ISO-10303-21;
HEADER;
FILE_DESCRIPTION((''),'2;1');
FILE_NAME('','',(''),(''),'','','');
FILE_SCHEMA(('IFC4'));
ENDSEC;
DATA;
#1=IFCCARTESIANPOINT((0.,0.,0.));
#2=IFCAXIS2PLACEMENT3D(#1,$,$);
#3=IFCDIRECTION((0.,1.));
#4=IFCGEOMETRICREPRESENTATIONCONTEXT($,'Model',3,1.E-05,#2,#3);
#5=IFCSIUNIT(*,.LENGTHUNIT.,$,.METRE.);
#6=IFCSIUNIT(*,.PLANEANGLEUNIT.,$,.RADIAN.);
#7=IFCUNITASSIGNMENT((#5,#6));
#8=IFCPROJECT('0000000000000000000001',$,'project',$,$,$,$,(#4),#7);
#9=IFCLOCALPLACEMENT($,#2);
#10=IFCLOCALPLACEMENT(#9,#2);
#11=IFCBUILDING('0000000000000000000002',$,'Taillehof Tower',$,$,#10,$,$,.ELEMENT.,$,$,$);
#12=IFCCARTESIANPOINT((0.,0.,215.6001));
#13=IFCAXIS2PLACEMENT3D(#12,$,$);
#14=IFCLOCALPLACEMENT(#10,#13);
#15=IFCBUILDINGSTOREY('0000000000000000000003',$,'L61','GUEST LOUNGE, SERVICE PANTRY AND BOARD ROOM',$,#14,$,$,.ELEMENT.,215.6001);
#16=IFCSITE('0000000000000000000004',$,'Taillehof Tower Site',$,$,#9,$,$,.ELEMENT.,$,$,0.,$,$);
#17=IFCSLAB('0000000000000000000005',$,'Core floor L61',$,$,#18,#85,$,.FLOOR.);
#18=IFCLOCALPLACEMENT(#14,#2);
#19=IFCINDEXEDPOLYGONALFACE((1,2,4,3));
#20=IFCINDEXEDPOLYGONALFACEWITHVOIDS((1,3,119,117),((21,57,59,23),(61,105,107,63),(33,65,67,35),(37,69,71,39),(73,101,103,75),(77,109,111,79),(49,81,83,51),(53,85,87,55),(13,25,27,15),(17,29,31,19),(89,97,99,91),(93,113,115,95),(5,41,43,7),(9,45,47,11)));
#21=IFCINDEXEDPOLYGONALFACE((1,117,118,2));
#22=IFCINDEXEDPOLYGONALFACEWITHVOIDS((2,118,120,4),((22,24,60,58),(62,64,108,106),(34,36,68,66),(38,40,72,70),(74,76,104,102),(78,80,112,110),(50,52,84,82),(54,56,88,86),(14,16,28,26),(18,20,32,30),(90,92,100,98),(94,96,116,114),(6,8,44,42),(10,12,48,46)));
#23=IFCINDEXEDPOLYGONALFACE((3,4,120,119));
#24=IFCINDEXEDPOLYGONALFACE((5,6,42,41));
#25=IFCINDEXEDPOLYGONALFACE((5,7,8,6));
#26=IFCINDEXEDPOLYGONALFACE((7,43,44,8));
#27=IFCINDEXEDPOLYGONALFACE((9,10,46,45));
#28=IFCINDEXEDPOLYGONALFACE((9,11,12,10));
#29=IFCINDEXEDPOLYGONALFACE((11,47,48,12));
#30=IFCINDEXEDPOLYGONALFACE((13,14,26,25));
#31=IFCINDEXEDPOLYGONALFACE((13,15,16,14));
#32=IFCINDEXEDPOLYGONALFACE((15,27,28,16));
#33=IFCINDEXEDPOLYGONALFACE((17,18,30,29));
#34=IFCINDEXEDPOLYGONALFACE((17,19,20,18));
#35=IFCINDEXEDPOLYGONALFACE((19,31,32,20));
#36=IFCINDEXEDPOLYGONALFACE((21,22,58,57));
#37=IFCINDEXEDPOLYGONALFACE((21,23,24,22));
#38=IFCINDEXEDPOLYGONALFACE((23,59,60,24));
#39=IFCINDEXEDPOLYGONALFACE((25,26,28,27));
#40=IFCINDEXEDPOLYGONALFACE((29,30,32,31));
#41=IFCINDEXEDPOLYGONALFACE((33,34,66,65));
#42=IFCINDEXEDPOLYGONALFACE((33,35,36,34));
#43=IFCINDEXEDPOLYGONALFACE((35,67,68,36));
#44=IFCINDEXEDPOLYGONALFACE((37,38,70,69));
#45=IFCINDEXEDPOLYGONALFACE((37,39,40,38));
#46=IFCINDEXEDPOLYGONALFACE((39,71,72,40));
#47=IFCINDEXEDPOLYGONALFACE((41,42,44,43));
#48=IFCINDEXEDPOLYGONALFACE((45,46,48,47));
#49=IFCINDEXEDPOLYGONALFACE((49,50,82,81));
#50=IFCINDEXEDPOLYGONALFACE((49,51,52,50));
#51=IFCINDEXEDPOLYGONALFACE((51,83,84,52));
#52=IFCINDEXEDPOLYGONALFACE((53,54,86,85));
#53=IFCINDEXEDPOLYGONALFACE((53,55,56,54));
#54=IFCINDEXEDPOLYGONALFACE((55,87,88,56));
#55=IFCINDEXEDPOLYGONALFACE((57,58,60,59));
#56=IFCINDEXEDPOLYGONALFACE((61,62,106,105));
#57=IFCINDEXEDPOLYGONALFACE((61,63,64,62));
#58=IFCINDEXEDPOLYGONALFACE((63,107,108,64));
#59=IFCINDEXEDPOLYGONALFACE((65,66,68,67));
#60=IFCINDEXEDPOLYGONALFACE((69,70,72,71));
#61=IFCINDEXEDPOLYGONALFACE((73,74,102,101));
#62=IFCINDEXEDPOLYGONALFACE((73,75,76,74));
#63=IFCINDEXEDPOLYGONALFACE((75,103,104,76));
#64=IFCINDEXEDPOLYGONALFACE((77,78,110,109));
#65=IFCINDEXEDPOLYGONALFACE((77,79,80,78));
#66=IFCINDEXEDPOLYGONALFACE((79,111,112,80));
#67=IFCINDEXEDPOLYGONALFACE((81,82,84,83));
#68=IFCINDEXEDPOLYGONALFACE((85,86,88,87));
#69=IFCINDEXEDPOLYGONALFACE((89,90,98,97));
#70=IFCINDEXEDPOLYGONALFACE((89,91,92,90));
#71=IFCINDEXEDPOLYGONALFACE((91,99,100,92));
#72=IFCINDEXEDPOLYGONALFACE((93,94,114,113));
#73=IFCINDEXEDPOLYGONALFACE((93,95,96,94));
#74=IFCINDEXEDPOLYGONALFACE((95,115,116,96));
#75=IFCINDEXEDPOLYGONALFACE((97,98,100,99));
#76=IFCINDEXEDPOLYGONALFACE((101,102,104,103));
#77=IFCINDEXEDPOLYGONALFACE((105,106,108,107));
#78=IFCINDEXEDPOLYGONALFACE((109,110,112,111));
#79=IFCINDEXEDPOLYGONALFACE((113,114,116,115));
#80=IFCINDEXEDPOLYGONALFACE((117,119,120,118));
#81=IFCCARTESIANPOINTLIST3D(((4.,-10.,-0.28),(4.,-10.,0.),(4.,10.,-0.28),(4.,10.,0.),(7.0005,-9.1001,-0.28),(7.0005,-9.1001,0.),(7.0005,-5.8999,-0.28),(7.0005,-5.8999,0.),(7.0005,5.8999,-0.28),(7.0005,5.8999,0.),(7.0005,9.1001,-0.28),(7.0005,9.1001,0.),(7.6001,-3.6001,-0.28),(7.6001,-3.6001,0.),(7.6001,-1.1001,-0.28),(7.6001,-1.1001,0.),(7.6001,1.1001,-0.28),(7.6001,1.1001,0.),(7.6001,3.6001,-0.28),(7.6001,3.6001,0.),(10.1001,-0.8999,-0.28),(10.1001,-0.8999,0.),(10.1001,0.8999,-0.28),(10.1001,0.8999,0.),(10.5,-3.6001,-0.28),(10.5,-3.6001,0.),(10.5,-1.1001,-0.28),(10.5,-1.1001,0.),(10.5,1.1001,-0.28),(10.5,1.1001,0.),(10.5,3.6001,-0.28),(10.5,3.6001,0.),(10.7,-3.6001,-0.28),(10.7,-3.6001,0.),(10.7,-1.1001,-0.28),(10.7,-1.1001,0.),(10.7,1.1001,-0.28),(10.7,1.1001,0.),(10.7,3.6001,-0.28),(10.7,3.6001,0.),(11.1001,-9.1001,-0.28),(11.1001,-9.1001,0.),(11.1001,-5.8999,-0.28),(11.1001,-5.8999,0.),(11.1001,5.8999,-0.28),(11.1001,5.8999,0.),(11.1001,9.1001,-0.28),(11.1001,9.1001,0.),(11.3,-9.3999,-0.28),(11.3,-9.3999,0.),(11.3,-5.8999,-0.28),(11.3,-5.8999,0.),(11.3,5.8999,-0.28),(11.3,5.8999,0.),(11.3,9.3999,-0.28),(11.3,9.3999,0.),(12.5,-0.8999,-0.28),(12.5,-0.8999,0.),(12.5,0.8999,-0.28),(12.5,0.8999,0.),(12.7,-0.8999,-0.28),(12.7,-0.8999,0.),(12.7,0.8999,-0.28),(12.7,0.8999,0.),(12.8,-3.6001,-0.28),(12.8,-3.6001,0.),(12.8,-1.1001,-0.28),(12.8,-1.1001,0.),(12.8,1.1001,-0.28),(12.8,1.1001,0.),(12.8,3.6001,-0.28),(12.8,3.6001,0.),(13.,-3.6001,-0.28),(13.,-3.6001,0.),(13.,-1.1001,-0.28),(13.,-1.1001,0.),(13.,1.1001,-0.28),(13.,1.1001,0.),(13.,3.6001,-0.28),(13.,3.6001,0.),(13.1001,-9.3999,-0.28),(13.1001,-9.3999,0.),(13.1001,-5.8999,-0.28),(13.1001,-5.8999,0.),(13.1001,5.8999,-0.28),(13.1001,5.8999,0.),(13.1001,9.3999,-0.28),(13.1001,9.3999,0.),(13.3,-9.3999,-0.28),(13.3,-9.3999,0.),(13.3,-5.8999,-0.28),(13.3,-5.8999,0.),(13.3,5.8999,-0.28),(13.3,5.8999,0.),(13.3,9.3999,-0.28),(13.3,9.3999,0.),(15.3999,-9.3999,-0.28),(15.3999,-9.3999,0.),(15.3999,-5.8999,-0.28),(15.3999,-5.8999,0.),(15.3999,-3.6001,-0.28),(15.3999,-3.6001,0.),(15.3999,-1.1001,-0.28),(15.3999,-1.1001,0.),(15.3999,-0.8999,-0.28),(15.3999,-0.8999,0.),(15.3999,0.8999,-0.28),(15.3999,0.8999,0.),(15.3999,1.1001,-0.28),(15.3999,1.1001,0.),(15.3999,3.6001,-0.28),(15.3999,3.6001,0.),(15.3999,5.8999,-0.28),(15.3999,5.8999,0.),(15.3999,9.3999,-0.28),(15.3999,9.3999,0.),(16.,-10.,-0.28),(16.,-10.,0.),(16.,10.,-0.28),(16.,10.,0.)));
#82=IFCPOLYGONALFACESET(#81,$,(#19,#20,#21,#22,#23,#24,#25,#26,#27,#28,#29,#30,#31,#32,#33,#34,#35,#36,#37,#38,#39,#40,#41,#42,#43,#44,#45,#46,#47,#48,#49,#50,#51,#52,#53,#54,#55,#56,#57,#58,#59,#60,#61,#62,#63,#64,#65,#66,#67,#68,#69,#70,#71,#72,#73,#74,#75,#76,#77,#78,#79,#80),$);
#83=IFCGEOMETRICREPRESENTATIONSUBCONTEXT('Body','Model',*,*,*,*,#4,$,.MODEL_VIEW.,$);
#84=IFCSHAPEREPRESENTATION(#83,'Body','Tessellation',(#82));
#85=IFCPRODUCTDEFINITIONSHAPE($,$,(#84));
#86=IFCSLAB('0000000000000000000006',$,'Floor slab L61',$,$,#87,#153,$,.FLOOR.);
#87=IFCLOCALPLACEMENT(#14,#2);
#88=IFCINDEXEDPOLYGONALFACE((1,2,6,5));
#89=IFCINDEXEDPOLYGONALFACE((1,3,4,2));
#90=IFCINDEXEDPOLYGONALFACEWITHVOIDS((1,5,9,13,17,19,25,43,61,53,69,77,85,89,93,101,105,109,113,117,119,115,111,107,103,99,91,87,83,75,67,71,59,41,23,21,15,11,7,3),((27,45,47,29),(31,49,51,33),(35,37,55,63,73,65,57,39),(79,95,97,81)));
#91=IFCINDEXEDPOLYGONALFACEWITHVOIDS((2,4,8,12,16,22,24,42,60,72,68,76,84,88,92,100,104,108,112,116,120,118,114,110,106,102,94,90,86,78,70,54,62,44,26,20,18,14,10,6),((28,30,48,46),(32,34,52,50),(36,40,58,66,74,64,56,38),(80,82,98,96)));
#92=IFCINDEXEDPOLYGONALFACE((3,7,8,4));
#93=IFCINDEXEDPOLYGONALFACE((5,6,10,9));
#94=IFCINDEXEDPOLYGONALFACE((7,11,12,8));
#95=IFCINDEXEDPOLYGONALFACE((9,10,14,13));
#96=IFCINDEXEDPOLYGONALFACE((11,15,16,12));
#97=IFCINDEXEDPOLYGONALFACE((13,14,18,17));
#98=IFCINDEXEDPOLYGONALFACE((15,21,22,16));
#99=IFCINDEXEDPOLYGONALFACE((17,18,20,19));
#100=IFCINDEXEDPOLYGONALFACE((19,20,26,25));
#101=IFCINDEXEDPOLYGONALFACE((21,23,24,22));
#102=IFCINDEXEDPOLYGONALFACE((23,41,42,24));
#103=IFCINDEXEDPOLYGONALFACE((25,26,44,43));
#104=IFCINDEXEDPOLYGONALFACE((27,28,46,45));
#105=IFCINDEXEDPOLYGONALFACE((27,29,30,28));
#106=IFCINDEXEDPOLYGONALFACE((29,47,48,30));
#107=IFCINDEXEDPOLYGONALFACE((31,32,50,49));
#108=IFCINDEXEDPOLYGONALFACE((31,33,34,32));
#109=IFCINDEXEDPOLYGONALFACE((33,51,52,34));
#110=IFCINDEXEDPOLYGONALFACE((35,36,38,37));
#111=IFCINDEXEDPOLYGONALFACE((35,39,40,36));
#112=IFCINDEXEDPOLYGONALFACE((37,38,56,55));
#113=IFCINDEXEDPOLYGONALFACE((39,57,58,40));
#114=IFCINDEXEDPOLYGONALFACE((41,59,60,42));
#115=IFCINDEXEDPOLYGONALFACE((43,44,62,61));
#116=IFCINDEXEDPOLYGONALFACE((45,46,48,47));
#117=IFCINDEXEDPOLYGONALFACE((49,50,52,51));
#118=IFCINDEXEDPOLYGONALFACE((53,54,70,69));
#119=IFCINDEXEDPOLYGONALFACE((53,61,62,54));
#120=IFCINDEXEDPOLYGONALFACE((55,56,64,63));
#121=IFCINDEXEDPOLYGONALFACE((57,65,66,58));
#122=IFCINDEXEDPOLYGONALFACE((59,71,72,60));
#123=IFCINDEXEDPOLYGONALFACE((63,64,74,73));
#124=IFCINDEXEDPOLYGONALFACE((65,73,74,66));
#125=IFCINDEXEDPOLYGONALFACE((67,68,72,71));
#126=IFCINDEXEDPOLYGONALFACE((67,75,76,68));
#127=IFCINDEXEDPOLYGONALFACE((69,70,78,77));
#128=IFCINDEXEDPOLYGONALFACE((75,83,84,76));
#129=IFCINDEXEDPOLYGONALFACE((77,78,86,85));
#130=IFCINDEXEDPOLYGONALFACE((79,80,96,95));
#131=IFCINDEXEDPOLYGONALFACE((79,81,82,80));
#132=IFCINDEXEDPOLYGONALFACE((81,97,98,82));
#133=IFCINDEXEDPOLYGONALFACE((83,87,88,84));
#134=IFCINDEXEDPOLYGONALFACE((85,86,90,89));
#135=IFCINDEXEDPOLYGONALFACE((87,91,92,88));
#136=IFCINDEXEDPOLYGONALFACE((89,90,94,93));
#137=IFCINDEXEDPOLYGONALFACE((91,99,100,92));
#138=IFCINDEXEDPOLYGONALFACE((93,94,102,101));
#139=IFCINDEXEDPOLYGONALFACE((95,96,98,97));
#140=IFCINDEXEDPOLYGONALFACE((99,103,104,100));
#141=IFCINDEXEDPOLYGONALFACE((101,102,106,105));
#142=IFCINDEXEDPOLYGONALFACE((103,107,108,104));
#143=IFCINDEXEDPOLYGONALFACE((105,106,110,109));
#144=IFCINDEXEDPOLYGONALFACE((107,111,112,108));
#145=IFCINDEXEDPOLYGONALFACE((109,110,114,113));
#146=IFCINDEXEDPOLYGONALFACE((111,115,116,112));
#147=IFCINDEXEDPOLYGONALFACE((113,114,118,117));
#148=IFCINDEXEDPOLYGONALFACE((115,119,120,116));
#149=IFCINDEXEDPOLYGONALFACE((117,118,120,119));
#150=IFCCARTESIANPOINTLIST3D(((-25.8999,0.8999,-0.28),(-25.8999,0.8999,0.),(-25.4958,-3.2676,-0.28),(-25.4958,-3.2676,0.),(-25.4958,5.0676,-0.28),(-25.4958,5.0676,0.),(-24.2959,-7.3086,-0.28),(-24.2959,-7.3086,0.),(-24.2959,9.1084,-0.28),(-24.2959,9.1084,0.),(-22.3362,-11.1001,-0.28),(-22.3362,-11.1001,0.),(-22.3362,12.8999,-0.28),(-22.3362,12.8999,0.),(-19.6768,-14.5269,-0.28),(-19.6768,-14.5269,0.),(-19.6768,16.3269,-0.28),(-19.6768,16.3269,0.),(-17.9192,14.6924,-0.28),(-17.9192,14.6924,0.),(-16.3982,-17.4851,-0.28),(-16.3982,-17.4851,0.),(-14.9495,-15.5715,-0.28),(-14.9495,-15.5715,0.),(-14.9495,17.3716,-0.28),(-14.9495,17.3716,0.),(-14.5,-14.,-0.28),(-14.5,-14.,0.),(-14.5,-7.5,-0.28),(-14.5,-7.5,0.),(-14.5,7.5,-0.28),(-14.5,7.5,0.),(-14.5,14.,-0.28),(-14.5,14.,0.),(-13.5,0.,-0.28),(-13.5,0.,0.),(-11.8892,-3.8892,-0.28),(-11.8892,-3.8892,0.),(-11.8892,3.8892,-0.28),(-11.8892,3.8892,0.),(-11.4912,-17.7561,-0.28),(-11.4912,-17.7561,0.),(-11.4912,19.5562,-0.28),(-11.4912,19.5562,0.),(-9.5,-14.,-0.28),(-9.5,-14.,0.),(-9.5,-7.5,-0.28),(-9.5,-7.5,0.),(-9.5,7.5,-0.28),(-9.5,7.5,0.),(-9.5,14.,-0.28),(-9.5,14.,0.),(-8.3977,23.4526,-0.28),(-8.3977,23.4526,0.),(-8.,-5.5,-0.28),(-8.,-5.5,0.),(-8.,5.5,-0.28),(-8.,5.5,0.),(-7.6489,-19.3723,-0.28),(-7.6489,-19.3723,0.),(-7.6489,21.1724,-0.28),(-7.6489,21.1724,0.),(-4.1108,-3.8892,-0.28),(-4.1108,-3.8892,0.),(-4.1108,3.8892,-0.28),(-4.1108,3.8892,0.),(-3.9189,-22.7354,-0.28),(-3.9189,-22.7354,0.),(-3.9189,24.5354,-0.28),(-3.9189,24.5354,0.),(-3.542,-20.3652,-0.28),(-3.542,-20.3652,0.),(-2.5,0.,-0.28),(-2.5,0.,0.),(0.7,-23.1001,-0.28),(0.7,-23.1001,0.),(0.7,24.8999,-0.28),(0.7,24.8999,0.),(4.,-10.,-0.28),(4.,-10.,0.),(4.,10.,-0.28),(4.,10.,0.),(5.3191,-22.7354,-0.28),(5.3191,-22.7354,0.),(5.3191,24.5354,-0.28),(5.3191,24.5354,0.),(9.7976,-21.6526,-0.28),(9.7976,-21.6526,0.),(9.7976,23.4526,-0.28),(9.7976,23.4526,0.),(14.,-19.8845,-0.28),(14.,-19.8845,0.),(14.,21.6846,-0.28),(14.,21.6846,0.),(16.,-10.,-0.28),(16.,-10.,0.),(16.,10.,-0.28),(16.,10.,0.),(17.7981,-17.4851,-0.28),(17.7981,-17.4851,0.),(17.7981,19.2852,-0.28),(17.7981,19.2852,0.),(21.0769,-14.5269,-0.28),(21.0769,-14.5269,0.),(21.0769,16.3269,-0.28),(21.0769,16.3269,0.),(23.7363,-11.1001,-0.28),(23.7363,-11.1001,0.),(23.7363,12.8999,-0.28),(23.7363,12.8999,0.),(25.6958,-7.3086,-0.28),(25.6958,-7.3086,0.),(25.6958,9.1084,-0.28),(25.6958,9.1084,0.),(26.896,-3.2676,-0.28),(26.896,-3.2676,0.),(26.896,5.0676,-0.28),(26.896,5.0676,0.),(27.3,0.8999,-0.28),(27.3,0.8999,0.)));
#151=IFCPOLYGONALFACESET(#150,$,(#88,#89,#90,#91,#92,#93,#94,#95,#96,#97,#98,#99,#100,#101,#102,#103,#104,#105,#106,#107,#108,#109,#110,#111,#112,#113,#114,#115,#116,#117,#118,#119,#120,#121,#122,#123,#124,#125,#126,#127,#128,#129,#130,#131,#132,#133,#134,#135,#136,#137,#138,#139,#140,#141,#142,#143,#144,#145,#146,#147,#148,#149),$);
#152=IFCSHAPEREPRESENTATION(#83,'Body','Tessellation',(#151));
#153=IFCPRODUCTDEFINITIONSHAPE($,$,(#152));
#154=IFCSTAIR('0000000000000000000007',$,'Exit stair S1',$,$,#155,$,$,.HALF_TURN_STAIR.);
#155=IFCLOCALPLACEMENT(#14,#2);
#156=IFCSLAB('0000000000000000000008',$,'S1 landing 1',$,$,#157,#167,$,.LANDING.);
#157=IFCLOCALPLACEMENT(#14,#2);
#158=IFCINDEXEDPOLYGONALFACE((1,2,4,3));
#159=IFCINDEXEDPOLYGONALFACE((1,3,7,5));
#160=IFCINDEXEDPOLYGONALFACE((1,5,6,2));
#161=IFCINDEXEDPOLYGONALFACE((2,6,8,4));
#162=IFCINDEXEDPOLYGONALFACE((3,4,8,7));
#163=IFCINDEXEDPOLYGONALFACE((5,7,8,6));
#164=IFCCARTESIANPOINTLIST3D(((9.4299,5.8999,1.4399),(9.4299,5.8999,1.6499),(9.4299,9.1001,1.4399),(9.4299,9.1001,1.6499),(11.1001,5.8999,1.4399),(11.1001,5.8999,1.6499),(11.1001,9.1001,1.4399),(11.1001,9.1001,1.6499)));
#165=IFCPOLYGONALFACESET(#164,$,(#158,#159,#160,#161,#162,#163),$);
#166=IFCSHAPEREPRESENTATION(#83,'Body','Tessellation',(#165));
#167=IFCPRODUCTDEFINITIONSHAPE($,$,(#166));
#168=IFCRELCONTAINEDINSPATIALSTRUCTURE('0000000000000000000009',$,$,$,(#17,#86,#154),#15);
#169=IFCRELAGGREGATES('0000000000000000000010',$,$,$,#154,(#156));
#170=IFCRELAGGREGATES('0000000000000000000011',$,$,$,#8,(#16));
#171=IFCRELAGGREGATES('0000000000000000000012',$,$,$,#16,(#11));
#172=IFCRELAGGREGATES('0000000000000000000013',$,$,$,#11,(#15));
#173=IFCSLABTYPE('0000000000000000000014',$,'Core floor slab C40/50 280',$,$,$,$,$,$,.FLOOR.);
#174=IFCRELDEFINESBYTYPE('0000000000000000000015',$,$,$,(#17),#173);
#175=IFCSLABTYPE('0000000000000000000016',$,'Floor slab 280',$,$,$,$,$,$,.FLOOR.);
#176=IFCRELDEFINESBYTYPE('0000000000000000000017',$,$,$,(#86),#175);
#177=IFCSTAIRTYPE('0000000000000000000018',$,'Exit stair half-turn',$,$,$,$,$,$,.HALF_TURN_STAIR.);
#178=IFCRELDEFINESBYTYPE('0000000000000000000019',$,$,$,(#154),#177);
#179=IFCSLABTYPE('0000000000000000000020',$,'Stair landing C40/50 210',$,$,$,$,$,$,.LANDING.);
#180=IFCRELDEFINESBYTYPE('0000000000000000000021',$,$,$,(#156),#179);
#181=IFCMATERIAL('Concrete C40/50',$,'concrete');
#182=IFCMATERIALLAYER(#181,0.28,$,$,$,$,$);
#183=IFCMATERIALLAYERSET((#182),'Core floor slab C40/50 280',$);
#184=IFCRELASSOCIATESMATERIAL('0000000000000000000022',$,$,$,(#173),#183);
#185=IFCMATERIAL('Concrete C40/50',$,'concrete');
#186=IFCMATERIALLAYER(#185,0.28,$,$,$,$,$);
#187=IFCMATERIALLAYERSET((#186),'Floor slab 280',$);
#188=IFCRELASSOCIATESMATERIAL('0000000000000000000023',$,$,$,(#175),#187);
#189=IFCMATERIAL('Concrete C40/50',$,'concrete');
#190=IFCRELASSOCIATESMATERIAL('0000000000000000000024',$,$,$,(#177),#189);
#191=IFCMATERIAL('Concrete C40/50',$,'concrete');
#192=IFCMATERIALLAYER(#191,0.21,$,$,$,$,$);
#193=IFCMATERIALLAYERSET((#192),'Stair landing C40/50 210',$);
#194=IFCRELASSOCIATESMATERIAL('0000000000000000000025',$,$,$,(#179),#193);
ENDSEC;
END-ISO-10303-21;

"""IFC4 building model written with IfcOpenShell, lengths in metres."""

from ifc_helpers import new_model, si_unit, direction, frame, origin, place, context, subcontext, project, spatial, polyline, outline, extrude, material, layer, layer_set, type_object, element, aggregate, save


model = new_model("IFC4")

# Units and contexts
model_context = context("Model", 3, precision=1e-05, world=origin(), true_north=direction((0.0, 1.0)))
body_context = subcontext(model_context, "Body", "Model", "MODEL_VIEW")
ifc_project = project(units=[si_unit("LENGTHUNIT", "METRE"), si_unit("PLANEANGLEUNIT", "RADIAN")], contexts=[model_context])

# Site, building, storey
site_placement = place(None, origin())
site = spatial("IfcSite", under=ifc_project, at=site_placement, Name="Taillehof Tower Site", CompositionType="ELEMENT", RefElevation=0.0)
building_placement = place(site_placement, origin())
building = spatial("IfcBuilding", under=site, at=building_placement, Name="Taillehof Tower", CompositionType="ELEMENT")
storey_placement = place(building_placement, frame((0.0, 0.0, 215.6001)))
storey = spatial("IfcBuildingStorey", under=building, at=storey_placement, Name="L61", Description="GUEST LOUNGE, SERVICE PANTRY AND BOARD ROOM", CompositionType="ELEMENT", Elevation=215.6001)

# Slabs
ifc_material_1 = material(Name="Concrete C40/50", Category="concrete")
ifc_layer_1 = layer(ifc_material_1, 0.28)
ifc_layer_set_1 = layer_set([ifc_layer_1], Name="Core floor slab C40/50 280")
slab_type_1 = type_object("IfcSlabType", Name="Core floor slab C40/50 280", PredefinedType="FLOOR", material=ifc_layer_set_1)
slab_1_placement = place(storey_placement, frame((0.0, 0.0, -0.28)))
element("IfcSlab", 1, at=slab_1_placement, inside=storey, type_object=slab_type_1, Name="Core floor L61", PredefinedType="FLOOR", context=body_context, shape_type="SweptSolid", body=[
    extrude(outline(polyline([(4.0, -10.0), (4.0, 10.0), (16.0, 10.0), (16.0, -10.0), (4.0, -10.0)]), holes=[polyline([(11.1001, -9.1001), (11.1001, -5.8999), (7.0005, -5.8999), (7.0005, -9.1001), (11.1001, -9.1001)]), polyline([(10.5, -3.6001), (10.5, -1.1001), (7.6001, -1.1001), (7.6001, -3.6001), (10.5, -3.6001)]), polyline([(12.8, -3.6001), (12.8, -1.1001), (10.7, -1.1001), (10.7, -3.6001), (12.8, -3.6001)]), polyline([(12.5, -0.8999), (12.5, 0.8999), (10.1001, 0.8999), (10.1001, -0.8999), (12.5, -0.8999)]), polyline([(10.5, 1.1001), (10.5, 3.6001), (7.6001, 3.6001), (7.6001, 1.1001), (10.5, 1.1001)]), polyline([(12.8, 1.1001), (12.8, 3.6001), (10.7, 3.6001), (10.7, 1.1001), (12.8, 1.1001)]), polyline([(11.1001, 5.8999), (11.1001, 9.1001), (7.0005, 9.1001), (7.0005, 5.8999), (11.1001, 5.8999)]), polyline([(13.1001, -5.8999), (11.3, -5.8999), (11.3, -9.3999), (13.1001, -9.3999), (13.1001, -5.8999)]), polyline([(15.3999, -9.3999), (15.3999, -5.8999), (13.3, -5.8999), (13.3, -9.3999), (15.3999, -9.3999)]), polyline([(15.3999, -3.6001), (15.3999, -1.1001), (13.0, -1.1001), (13.0, -3.6001), (15.3999, -3.6001)]), polyline([(15.3999, -0.8999), (15.3999, 0.8999), (12.7, 0.8999), (12.7, -0.8999), (15.3999, -0.8999)]), polyline([(15.3999, 1.1001), (15.3999, 3.6001), (13.0, 3.6001), (13.0, 1.1001), (15.3999, 1.1001)]), polyline([(13.1001, 5.8999), (13.1001, 9.3999), (11.3, 9.3999), (11.3, 5.8999), (13.1001, 5.8999)]), polyline([(15.3999, 5.8999), (15.3999, 9.3999), (13.3, 9.3999), (13.3, 5.8999), (15.3999, 5.8999)])]), origin(), (0.0, 0.0, 1.0), 0.28),
])
ifc_material_2 = material(Name="Concrete C40/50", Category="concrete")
ifc_layer_2 = layer(ifc_material_2, 0.28)
ifc_layer_set_2 = layer_set([ifc_layer_2], Name="Floor slab 280")
slab_type_2 = type_object("IfcSlabType", Name="Floor slab 280", PredefinedType="FLOOR", material=ifc_layer_set_2)
slab_2_placement = place(storey_placement, frame((0.0, 0.0, -0.28)))
element("IfcSlab", 2, at=slab_2_placement, inside=storey, type_object=slab_type_2, Name="Floor slab L61", PredefinedType="FLOOR", context=body_context, shape_type="SweptSolid", body=[
    extrude(outline(polyline([(27.3, 0.8999), (26.896, 5.0676), (25.6958, 9.1084), (23.7363, 12.8999), (21.0769, 16.3269), (17.7981, 19.2852), (14.0, 21.6846), (9.7976, 23.4526), (5.3191, 24.5354), (0.7, 24.8999), (-3.9189, 24.5354), (-8.3977, 23.4526), (-7.6489, 21.1724), (-11.4912, 19.5562), (-14.9495, 17.3716), (-17.9192, 14.6924), (-19.6768, 16.3269), (-22.3362, 12.8999), (-24.2959, 9.1084), (-25.4958, 5.0676), (-25.8999, 0.8999), (-25.4958, -3.2676), (-24.2959, -7.3086), (-22.3362, -11.1001), (-19.6768, -14.5269), (-16.3982, -17.4851), (-14.9495, -15.5715), (-11.4912, -17.7561), (-7.6489, -19.3723), (-3.542, -20.3652), (-3.9189, -22.7354), (0.7, -23.1001), (5.3191, -22.7354), (9.7976, -21.6526), (14.0, -19.8845), (17.7981, -17.4851), (21.0769, -14.5269), (23.7363, -11.1001), (25.6958, -7.3086), (26.896, -3.2676), (27.3, 0.8999)]), holes=[polyline([(-14.5, -7.5), (-9.5, -7.5), (-9.5, -14.0), (-14.5, -14.0), (-14.5, -7.5)]), polyline([(-8.0, -5.5), (-11.8892, -3.8892), (-13.5, 0.0), (-11.8892, 3.8892), (-8.0, 5.5), (-4.1108, 3.8892), (-2.5, 0.0), (-4.1108, -3.8892), (-8.0, -5.5)]), polyline([(16.0, 10.0), (16.0, -10.0), (4.0, -10.0), (4.0, 10.0), (16.0, 10.0)]), polyline([(-14.5, 14.0), (-9.5, 14.0), (-9.5, 7.5), (-14.5, 7.5), (-14.5, 14.0)])]), origin(), (0.0, 0.0, 1.0), 0.28),
])

# Stair, slab
ifc_material_3 = material(Name="Concrete C40/50", Category="concrete")
stair_type = type_object("IfcStairType", Name="Exit stair half-turn", PredefinedType="HALF_TURN_STAIR", material=ifc_material_3)
stair_placement = place(storey_placement, origin())
stair = element("IfcStair", 3, at=stair_placement, inside=storey, type_object=stair_type, Name="Exit stair S1", PredefinedType="HALF_TURN_STAIR")
ifc_material_4 = material(Name="Concrete C40/50", Category="concrete")
ifc_layer_3 = layer(ifc_material_4, 0.21)
ifc_layer_set_3 = layer_set([ifc_layer_3], Name="Stair landing C40/50 210")
slab_type_3 = type_object("IfcSlabType", Name="Stair landing C40/50 210", PredefinedType="LANDING", material=ifc_layer_set_3)
slab_3_placement = place(storey_placement, frame((0.0, 0.0, 1.4399)))
slab_3 = element("IfcSlab", 4, at=slab_3_placement, type_object=slab_type_3, Name="S1 landing 1", PredefinedType="LANDING", context=body_context, shape_type="SweptSolid", body=[
    extrude(outline(polyline([(9.4299, 5.8999), (11.1001, 5.8999), (11.1001, 9.1001), (9.4299, 9.1001), (9.4299, 5.8999)])), origin(), (0.0, 0.0, 1.0), 0.21),
])
aggregate(stair, [slab_3])

save(model, "model.ifc")
